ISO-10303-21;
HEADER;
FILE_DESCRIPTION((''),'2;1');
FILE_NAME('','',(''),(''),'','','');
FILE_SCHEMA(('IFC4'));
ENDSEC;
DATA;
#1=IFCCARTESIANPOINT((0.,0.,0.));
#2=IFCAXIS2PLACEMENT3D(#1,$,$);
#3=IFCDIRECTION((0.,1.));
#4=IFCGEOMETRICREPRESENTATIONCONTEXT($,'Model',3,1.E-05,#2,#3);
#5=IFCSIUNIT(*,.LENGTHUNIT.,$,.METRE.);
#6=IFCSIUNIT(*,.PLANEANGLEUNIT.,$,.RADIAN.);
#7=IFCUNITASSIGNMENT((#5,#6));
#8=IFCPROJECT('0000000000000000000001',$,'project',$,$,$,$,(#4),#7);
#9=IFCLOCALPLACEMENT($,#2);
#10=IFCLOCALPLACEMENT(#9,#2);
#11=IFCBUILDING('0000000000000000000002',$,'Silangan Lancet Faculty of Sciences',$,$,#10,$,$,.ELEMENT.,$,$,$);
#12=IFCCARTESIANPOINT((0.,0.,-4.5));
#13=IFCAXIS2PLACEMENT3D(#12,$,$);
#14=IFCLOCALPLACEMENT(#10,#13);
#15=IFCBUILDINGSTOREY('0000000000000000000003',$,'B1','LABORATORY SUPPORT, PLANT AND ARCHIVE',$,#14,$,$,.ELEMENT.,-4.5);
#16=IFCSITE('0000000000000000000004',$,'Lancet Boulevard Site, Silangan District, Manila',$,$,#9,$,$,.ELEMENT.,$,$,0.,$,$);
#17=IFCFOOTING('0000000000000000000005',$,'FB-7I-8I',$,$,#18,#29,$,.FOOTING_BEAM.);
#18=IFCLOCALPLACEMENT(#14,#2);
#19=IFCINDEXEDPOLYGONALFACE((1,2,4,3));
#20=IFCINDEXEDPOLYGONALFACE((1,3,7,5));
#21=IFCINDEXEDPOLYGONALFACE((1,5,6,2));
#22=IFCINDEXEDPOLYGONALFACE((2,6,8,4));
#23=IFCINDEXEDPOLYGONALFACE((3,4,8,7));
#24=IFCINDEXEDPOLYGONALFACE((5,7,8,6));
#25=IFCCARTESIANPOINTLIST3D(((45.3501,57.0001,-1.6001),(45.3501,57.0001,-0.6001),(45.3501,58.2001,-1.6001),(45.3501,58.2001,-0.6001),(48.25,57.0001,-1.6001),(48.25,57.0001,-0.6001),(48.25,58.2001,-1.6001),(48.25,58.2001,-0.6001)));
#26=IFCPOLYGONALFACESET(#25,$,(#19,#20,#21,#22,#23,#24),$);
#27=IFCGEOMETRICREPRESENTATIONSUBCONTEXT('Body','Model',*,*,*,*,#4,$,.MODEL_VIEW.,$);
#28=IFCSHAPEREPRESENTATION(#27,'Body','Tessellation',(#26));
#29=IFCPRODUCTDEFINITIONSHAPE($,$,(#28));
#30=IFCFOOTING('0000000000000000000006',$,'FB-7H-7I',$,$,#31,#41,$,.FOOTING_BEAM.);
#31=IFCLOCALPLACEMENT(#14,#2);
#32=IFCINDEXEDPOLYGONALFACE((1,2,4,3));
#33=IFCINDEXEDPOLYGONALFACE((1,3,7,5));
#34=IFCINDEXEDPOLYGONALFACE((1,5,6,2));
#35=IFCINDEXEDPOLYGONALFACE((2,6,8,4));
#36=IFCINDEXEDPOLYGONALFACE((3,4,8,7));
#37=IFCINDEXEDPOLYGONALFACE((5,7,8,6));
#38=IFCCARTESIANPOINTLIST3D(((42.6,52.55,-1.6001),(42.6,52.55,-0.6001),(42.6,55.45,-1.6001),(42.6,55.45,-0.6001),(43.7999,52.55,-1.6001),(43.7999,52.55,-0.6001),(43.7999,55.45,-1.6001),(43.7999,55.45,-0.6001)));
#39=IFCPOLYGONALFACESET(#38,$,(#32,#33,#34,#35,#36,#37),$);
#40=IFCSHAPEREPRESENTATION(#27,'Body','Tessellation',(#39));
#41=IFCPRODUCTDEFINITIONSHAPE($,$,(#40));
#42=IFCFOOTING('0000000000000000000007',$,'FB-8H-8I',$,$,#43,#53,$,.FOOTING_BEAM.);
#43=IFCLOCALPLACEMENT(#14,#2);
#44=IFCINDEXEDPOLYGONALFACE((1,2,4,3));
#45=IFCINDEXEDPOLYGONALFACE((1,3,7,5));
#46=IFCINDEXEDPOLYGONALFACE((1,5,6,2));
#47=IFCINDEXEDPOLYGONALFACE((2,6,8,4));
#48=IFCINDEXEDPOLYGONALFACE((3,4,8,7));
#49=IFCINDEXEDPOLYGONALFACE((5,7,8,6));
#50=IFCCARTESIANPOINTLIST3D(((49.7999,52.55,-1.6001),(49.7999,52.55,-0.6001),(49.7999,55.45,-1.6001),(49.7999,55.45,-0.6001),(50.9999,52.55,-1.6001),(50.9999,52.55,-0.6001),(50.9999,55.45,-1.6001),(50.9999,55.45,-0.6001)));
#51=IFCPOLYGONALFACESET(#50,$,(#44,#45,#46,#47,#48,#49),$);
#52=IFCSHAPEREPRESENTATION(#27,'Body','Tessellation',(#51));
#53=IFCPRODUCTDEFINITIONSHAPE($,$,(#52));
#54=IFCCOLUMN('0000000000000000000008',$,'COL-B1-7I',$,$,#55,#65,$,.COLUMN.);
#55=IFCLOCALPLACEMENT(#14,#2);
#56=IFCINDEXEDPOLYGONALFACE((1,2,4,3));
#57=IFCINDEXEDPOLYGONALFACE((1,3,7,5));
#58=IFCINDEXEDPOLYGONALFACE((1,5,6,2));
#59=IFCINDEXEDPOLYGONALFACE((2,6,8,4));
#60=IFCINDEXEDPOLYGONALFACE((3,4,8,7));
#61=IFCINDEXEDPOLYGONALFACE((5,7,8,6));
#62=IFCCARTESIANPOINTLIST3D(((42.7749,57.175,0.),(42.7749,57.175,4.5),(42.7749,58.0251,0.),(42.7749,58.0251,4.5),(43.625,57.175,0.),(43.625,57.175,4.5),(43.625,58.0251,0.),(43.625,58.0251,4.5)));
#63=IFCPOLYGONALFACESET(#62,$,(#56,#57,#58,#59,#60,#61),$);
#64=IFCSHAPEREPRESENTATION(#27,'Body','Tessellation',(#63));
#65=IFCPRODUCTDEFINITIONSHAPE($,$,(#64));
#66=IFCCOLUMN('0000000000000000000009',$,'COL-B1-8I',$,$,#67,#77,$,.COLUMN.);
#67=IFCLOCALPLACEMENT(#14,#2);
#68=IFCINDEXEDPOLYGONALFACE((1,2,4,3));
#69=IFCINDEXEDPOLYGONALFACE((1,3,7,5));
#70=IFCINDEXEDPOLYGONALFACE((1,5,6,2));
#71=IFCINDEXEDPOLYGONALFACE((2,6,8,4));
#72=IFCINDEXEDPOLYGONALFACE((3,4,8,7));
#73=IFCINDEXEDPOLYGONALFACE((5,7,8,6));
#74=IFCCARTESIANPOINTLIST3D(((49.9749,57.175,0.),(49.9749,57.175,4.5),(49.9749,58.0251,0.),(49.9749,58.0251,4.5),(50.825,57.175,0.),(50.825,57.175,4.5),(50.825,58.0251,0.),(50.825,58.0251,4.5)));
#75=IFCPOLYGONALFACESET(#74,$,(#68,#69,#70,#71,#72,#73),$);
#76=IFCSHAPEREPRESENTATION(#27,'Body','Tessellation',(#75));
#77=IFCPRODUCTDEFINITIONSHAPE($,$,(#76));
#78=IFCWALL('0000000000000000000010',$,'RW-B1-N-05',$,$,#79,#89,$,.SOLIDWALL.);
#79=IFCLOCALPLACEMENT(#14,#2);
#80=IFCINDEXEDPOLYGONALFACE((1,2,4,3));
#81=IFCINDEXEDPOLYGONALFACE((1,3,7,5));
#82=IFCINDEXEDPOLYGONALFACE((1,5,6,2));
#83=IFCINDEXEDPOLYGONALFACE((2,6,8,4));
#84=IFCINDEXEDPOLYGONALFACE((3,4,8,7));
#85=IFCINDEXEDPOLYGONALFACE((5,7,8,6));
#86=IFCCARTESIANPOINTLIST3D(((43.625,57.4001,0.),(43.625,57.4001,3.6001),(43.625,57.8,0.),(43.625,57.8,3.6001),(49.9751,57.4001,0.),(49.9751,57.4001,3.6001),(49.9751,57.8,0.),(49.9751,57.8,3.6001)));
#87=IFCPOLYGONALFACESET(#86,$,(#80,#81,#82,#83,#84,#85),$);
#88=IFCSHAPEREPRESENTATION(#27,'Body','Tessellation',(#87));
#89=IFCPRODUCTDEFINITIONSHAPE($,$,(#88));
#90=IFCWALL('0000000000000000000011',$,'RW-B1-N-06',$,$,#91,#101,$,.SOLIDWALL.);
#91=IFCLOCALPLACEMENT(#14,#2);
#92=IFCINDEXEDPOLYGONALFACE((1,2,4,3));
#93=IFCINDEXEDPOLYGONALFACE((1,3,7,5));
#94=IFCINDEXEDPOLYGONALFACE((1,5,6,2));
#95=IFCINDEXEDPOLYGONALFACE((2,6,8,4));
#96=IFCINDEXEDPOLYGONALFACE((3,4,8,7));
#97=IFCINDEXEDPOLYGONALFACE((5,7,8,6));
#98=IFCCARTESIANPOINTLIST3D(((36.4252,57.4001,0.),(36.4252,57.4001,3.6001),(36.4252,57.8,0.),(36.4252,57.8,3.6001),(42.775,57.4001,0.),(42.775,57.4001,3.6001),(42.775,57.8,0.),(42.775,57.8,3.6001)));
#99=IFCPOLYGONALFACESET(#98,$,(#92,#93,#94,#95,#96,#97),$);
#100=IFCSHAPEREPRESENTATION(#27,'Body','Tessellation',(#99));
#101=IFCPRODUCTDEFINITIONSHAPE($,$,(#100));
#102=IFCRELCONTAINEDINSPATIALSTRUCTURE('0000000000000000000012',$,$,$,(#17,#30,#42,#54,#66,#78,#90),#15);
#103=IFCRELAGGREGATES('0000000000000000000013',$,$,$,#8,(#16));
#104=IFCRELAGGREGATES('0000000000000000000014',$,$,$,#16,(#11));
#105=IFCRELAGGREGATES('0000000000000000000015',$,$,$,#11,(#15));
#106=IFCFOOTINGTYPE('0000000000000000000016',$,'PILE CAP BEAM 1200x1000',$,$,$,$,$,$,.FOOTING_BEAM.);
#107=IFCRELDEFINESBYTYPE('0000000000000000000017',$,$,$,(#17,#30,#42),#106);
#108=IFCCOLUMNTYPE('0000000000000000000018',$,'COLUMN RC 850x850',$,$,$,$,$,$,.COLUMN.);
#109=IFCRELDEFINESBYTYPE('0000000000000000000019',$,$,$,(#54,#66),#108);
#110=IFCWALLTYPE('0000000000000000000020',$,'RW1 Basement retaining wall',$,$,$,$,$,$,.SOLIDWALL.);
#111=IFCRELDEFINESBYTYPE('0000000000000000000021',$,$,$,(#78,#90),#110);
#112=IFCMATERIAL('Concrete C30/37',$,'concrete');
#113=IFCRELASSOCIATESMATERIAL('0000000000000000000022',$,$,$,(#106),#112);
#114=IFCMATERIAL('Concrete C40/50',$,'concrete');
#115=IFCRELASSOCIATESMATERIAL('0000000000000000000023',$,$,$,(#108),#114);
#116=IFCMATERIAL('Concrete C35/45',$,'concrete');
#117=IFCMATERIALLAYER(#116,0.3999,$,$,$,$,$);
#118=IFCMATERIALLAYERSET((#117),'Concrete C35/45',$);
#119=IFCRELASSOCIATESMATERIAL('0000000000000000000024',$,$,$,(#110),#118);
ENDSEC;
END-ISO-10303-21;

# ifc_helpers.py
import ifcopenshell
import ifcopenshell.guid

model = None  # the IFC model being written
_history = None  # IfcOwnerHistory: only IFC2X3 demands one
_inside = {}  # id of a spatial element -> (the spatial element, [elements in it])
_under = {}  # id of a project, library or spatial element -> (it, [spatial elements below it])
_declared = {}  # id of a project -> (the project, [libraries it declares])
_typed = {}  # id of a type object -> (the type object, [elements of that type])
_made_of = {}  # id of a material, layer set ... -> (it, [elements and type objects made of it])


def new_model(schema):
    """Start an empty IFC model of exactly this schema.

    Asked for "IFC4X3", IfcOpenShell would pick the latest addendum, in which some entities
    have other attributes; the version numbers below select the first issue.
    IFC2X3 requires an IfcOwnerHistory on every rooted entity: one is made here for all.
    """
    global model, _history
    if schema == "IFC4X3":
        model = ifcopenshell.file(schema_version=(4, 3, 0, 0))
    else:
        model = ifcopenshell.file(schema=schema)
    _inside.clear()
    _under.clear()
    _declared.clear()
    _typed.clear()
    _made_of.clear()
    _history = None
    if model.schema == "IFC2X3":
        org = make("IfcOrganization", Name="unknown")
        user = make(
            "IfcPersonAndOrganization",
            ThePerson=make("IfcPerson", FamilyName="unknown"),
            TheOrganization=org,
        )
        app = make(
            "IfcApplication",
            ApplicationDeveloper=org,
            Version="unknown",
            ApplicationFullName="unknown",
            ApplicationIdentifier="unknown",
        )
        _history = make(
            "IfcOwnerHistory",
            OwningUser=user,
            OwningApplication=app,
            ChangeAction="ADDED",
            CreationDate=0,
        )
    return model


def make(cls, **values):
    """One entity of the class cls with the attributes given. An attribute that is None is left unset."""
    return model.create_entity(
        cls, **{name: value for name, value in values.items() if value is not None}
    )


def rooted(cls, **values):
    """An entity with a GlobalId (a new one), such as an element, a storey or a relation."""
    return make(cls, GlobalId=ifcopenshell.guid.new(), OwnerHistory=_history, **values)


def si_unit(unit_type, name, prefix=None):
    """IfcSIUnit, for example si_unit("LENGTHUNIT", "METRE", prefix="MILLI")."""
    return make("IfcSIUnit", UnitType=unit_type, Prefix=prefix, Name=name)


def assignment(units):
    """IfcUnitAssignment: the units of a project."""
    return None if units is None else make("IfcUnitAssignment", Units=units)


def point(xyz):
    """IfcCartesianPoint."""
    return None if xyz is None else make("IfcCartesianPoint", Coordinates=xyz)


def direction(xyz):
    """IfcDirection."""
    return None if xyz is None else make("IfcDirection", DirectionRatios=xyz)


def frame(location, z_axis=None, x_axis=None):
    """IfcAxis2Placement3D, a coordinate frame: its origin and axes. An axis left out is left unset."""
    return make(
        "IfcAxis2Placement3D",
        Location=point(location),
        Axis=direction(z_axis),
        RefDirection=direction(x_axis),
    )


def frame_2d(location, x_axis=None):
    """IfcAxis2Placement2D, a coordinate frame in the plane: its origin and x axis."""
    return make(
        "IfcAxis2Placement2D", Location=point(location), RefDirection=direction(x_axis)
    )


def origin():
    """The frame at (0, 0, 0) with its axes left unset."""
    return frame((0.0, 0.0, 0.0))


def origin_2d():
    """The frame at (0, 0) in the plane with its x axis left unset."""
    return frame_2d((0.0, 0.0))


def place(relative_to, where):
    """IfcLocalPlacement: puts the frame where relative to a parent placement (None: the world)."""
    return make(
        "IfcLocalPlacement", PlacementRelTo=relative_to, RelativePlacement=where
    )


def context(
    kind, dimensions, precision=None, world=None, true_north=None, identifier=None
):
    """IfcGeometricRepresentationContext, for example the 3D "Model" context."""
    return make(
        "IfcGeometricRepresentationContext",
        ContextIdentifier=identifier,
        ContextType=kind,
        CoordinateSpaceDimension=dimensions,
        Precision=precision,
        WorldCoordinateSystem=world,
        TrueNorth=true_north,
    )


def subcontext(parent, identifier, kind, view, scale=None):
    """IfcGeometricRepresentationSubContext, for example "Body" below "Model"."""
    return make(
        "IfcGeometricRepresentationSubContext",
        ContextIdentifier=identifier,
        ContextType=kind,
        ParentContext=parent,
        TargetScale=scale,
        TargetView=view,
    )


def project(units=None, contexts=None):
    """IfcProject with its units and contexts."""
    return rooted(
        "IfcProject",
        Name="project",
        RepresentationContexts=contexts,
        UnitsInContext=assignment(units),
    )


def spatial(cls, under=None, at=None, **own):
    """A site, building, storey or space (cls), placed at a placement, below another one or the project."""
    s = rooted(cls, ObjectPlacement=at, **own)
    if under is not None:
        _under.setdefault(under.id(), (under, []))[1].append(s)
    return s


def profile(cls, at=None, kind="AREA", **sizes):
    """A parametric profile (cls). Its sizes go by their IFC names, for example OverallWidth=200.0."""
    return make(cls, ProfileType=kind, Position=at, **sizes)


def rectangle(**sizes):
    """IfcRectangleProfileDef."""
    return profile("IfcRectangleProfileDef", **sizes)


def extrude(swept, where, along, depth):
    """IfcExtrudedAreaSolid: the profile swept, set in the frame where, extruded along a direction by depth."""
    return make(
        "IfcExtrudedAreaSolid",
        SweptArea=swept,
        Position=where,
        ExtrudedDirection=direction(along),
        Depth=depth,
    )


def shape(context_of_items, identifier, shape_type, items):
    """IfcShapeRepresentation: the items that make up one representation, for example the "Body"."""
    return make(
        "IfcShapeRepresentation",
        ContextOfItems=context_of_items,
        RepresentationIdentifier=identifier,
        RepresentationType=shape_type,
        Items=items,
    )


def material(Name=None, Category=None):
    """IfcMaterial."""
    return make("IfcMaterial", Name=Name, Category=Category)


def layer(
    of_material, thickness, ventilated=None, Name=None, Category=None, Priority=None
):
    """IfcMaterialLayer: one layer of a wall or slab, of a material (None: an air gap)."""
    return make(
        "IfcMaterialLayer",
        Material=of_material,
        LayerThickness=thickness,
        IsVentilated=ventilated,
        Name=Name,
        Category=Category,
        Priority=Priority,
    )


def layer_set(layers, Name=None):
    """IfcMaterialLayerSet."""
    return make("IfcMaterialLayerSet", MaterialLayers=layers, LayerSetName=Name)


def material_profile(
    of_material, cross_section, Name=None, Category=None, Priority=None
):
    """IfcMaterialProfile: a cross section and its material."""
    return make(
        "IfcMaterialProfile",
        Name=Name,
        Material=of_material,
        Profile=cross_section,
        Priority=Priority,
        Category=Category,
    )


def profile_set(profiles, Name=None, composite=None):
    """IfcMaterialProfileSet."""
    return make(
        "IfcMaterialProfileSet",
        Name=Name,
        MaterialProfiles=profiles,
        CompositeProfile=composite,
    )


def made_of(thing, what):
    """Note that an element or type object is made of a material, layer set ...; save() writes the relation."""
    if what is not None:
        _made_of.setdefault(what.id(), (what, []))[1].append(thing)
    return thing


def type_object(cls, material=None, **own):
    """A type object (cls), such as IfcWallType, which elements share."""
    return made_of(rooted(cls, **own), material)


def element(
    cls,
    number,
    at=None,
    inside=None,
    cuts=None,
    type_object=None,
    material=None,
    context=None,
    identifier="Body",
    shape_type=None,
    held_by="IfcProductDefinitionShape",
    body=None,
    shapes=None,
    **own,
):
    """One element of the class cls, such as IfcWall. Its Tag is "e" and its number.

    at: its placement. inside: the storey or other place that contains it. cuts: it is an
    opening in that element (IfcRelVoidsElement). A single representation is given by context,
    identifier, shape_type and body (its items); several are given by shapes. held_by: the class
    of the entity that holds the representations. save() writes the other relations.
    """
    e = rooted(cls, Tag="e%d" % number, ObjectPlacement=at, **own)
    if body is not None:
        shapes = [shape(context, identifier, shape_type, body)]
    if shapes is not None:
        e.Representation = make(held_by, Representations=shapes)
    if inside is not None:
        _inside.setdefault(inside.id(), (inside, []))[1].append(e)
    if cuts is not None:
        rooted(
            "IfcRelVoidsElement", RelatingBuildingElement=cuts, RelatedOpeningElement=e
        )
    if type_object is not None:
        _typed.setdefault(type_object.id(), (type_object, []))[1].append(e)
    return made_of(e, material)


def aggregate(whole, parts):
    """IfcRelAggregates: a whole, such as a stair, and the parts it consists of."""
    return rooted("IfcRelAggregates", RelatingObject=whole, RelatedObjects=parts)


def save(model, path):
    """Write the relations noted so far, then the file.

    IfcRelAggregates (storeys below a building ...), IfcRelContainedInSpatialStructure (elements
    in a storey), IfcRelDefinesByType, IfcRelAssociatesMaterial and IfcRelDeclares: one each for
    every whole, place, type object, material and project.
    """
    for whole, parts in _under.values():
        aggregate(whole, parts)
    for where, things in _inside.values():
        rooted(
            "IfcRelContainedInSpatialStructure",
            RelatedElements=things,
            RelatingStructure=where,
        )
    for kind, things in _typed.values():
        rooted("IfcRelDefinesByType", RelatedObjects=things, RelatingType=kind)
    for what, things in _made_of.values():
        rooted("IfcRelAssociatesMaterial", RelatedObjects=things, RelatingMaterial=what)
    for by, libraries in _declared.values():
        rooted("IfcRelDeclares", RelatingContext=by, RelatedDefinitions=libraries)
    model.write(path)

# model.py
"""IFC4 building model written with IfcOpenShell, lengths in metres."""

from ifc_helpers import new_model, si_unit, direction, frame, frame_2d, origin, origin_2d, place, context, subcontext, project, spatial, rectangle, extrude, material, layer, layer_set, material_profile, profile_set, type_object, element, save


model = new_model("IFC4")

# Units and contexts
model_context = context("Model", 3, precision=1e-05, world=origin(), true_north=direction((0.0, 1.0)))
body_context = subcontext(model_context, "Body", "Model", "MODEL_VIEW")
ifc_project = project(units=[si_unit("LENGTHUNIT", "METRE"), si_unit("PLANEANGLEUNIT", "RADIAN")], contexts=[model_context])

# Site, building, storey
site_placement = place(None, origin())
site = spatial("IfcSite", under=ifc_project, at=site_placement, Name="Lancet Boulevard Site, Silangan District, Manila", CompositionType="ELEMENT", RefElevation=0.0)
building_placement = place(site_placement, origin())
building = spatial("IfcBuilding", under=site, at=building_placement, Name="Silangan Lancet Faculty of Sciences", CompositionType="ELEMENT")
storey_placement = place(building_placement, frame((0.0, 0.0, -4.5)))
storey = spatial("IfcBuildingStorey", under=building, at=storey_placement, Name="B1", Description="LABORATORY SUPPORT, PLANT AND ARCHIVE", CompositionType="ELEMENT", Elevation=-4.5)

# Footings
ifc_material_1 = material(Name="Concrete C30/37", Category="concrete")
footing_type_1 = type_object("IfcFootingType", Name="PILE CAP BEAM 1200x1000", PredefinedType="FOOTING_BEAM", material=ifc_material_1)
for number, where, z_axis, x_axis, name in (
    (1, (46.8, 57.6001, -1.6001), (0.0, 0.0, 1.0), (1.0, 0.0, 0.0), "FB-7I-8I"),
    (2, (43.2, 54.0, -1.6001), (0.0, 0.0, 1.0), (0.0, 1.0, 0.0), "FB-7H-7I"),
    (3, (50.3999, 54.0, -1.6001), (0.0, 0.0, 1.0), (0.0, 1.0, 0.0), "FB-8H-8I"),
):
    element("IfcFooting", number, at=place(storey_placement, frame(where, z_axis=z_axis, x_axis=x_axis)), inside=storey, type_object=footing_type_1, Name=name, PredefinedType="FOOTING_BEAM", context=body_context, shape_type="SweptSolid", body=[
        extrude(rectangle(XDim=2.8999, YDim=1.2, at=origin_2d()), origin(), (0.0, 0.0, 1.0), 1.0),
    ])

# Columns
ifc_material_2 = material(Name="Concrete C40/50", Category="concrete")
ifc_material_profile_1 = material_profile(ifc_material_2, rectangle(XDim=0.8501, YDim=0.8501, at=origin_2d()), Name="RC 850x850")
ifc_profile_set_1 = profile_set([ifc_material_profile_1], Name="Concrete C40/50")
column_type = type_object("IfcColumnType", Name="COLUMN RC 850x850", PredefinedType="COLUMN", material=ifc_profile_set_1)
for number, where, z_axis, x_axis, name in (
    (4, (43.2, 57.6001, 0.0), (0.0, 0.0, 1.0), (1.0, 0.0, 0.0), "COL-B1-7I"),
    (5, (50.3999, 57.6001, 0.0), (0.0, 0.0, 1.0), (1.0, 0.0, 0.0), "COL-B1-8I"),
):
    element("IfcColumn", number, at=place(storey_placement, frame(where, z_axis=z_axis, x_axis=x_axis)), inside=storey, type_object=column_type, Name=name, PredefinedType="COLUMN", context=body_context, shape_type="SweptSolid", body=[
        extrude(rectangle(XDim=0.8501, YDim=0.8501, at=origin_2d()), origin(), (0.0, 0.0, 1.0), 4.5),
    ])

# Walls
ifc_material_3 = material(Name="Concrete C35/45", Category="concrete")
ifc_layer = layer(ifc_material_3, 0.3999)
ifc_layer_set = layer_set([ifc_layer], Name="Concrete C35/45")
wall_type = type_object("IfcWallType", Name="RW1 Basement retaining wall", PredefinedType="SOLIDWALL", material=ifc_layer_set)
wall_1_placement = place(storey_placement, frame((49.9751, 57.6001, 0.0), z_axis=(0.0, 0.0, 1.0), x_axis=(-1.0, 0.0, 0.0)))
element("IfcWall", 6, at=wall_1_placement, inside=storey, type_object=wall_type, Name="RW-B1-N-05", PredefinedType="SOLIDWALL", context=body_context, shape_type="SweptSolid", body=[
    extrude(rectangle(XDim=6.3501, YDim=0.3999, at=frame_2d((3.175, 0.0))), origin(), (0.0, 0.0, 1.0), 3.6001),
])
wall_2_placement = place(storey_placement, frame((42.7749, 57.6001, 0.0), z_axis=(0.0, 0.0, 1.0), x_axis=(-1.0, 0.0, 0.0)))
element("IfcWall", 7, at=wall_2_placement, inside=storey, type_object=wall_type, Name="RW-B1-N-06", PredefinedType="SOLIDWALL", context=body_context, shape_type="SweptSolid", body=[
    extrude(rectangle(XDim=6.3499, YDim=0.3999, at=frame_2d((3.1748, 0.0))), origin(), (0.0, 0.0, 1.0), 3.6001),
])

save(model, "model.ifc")
